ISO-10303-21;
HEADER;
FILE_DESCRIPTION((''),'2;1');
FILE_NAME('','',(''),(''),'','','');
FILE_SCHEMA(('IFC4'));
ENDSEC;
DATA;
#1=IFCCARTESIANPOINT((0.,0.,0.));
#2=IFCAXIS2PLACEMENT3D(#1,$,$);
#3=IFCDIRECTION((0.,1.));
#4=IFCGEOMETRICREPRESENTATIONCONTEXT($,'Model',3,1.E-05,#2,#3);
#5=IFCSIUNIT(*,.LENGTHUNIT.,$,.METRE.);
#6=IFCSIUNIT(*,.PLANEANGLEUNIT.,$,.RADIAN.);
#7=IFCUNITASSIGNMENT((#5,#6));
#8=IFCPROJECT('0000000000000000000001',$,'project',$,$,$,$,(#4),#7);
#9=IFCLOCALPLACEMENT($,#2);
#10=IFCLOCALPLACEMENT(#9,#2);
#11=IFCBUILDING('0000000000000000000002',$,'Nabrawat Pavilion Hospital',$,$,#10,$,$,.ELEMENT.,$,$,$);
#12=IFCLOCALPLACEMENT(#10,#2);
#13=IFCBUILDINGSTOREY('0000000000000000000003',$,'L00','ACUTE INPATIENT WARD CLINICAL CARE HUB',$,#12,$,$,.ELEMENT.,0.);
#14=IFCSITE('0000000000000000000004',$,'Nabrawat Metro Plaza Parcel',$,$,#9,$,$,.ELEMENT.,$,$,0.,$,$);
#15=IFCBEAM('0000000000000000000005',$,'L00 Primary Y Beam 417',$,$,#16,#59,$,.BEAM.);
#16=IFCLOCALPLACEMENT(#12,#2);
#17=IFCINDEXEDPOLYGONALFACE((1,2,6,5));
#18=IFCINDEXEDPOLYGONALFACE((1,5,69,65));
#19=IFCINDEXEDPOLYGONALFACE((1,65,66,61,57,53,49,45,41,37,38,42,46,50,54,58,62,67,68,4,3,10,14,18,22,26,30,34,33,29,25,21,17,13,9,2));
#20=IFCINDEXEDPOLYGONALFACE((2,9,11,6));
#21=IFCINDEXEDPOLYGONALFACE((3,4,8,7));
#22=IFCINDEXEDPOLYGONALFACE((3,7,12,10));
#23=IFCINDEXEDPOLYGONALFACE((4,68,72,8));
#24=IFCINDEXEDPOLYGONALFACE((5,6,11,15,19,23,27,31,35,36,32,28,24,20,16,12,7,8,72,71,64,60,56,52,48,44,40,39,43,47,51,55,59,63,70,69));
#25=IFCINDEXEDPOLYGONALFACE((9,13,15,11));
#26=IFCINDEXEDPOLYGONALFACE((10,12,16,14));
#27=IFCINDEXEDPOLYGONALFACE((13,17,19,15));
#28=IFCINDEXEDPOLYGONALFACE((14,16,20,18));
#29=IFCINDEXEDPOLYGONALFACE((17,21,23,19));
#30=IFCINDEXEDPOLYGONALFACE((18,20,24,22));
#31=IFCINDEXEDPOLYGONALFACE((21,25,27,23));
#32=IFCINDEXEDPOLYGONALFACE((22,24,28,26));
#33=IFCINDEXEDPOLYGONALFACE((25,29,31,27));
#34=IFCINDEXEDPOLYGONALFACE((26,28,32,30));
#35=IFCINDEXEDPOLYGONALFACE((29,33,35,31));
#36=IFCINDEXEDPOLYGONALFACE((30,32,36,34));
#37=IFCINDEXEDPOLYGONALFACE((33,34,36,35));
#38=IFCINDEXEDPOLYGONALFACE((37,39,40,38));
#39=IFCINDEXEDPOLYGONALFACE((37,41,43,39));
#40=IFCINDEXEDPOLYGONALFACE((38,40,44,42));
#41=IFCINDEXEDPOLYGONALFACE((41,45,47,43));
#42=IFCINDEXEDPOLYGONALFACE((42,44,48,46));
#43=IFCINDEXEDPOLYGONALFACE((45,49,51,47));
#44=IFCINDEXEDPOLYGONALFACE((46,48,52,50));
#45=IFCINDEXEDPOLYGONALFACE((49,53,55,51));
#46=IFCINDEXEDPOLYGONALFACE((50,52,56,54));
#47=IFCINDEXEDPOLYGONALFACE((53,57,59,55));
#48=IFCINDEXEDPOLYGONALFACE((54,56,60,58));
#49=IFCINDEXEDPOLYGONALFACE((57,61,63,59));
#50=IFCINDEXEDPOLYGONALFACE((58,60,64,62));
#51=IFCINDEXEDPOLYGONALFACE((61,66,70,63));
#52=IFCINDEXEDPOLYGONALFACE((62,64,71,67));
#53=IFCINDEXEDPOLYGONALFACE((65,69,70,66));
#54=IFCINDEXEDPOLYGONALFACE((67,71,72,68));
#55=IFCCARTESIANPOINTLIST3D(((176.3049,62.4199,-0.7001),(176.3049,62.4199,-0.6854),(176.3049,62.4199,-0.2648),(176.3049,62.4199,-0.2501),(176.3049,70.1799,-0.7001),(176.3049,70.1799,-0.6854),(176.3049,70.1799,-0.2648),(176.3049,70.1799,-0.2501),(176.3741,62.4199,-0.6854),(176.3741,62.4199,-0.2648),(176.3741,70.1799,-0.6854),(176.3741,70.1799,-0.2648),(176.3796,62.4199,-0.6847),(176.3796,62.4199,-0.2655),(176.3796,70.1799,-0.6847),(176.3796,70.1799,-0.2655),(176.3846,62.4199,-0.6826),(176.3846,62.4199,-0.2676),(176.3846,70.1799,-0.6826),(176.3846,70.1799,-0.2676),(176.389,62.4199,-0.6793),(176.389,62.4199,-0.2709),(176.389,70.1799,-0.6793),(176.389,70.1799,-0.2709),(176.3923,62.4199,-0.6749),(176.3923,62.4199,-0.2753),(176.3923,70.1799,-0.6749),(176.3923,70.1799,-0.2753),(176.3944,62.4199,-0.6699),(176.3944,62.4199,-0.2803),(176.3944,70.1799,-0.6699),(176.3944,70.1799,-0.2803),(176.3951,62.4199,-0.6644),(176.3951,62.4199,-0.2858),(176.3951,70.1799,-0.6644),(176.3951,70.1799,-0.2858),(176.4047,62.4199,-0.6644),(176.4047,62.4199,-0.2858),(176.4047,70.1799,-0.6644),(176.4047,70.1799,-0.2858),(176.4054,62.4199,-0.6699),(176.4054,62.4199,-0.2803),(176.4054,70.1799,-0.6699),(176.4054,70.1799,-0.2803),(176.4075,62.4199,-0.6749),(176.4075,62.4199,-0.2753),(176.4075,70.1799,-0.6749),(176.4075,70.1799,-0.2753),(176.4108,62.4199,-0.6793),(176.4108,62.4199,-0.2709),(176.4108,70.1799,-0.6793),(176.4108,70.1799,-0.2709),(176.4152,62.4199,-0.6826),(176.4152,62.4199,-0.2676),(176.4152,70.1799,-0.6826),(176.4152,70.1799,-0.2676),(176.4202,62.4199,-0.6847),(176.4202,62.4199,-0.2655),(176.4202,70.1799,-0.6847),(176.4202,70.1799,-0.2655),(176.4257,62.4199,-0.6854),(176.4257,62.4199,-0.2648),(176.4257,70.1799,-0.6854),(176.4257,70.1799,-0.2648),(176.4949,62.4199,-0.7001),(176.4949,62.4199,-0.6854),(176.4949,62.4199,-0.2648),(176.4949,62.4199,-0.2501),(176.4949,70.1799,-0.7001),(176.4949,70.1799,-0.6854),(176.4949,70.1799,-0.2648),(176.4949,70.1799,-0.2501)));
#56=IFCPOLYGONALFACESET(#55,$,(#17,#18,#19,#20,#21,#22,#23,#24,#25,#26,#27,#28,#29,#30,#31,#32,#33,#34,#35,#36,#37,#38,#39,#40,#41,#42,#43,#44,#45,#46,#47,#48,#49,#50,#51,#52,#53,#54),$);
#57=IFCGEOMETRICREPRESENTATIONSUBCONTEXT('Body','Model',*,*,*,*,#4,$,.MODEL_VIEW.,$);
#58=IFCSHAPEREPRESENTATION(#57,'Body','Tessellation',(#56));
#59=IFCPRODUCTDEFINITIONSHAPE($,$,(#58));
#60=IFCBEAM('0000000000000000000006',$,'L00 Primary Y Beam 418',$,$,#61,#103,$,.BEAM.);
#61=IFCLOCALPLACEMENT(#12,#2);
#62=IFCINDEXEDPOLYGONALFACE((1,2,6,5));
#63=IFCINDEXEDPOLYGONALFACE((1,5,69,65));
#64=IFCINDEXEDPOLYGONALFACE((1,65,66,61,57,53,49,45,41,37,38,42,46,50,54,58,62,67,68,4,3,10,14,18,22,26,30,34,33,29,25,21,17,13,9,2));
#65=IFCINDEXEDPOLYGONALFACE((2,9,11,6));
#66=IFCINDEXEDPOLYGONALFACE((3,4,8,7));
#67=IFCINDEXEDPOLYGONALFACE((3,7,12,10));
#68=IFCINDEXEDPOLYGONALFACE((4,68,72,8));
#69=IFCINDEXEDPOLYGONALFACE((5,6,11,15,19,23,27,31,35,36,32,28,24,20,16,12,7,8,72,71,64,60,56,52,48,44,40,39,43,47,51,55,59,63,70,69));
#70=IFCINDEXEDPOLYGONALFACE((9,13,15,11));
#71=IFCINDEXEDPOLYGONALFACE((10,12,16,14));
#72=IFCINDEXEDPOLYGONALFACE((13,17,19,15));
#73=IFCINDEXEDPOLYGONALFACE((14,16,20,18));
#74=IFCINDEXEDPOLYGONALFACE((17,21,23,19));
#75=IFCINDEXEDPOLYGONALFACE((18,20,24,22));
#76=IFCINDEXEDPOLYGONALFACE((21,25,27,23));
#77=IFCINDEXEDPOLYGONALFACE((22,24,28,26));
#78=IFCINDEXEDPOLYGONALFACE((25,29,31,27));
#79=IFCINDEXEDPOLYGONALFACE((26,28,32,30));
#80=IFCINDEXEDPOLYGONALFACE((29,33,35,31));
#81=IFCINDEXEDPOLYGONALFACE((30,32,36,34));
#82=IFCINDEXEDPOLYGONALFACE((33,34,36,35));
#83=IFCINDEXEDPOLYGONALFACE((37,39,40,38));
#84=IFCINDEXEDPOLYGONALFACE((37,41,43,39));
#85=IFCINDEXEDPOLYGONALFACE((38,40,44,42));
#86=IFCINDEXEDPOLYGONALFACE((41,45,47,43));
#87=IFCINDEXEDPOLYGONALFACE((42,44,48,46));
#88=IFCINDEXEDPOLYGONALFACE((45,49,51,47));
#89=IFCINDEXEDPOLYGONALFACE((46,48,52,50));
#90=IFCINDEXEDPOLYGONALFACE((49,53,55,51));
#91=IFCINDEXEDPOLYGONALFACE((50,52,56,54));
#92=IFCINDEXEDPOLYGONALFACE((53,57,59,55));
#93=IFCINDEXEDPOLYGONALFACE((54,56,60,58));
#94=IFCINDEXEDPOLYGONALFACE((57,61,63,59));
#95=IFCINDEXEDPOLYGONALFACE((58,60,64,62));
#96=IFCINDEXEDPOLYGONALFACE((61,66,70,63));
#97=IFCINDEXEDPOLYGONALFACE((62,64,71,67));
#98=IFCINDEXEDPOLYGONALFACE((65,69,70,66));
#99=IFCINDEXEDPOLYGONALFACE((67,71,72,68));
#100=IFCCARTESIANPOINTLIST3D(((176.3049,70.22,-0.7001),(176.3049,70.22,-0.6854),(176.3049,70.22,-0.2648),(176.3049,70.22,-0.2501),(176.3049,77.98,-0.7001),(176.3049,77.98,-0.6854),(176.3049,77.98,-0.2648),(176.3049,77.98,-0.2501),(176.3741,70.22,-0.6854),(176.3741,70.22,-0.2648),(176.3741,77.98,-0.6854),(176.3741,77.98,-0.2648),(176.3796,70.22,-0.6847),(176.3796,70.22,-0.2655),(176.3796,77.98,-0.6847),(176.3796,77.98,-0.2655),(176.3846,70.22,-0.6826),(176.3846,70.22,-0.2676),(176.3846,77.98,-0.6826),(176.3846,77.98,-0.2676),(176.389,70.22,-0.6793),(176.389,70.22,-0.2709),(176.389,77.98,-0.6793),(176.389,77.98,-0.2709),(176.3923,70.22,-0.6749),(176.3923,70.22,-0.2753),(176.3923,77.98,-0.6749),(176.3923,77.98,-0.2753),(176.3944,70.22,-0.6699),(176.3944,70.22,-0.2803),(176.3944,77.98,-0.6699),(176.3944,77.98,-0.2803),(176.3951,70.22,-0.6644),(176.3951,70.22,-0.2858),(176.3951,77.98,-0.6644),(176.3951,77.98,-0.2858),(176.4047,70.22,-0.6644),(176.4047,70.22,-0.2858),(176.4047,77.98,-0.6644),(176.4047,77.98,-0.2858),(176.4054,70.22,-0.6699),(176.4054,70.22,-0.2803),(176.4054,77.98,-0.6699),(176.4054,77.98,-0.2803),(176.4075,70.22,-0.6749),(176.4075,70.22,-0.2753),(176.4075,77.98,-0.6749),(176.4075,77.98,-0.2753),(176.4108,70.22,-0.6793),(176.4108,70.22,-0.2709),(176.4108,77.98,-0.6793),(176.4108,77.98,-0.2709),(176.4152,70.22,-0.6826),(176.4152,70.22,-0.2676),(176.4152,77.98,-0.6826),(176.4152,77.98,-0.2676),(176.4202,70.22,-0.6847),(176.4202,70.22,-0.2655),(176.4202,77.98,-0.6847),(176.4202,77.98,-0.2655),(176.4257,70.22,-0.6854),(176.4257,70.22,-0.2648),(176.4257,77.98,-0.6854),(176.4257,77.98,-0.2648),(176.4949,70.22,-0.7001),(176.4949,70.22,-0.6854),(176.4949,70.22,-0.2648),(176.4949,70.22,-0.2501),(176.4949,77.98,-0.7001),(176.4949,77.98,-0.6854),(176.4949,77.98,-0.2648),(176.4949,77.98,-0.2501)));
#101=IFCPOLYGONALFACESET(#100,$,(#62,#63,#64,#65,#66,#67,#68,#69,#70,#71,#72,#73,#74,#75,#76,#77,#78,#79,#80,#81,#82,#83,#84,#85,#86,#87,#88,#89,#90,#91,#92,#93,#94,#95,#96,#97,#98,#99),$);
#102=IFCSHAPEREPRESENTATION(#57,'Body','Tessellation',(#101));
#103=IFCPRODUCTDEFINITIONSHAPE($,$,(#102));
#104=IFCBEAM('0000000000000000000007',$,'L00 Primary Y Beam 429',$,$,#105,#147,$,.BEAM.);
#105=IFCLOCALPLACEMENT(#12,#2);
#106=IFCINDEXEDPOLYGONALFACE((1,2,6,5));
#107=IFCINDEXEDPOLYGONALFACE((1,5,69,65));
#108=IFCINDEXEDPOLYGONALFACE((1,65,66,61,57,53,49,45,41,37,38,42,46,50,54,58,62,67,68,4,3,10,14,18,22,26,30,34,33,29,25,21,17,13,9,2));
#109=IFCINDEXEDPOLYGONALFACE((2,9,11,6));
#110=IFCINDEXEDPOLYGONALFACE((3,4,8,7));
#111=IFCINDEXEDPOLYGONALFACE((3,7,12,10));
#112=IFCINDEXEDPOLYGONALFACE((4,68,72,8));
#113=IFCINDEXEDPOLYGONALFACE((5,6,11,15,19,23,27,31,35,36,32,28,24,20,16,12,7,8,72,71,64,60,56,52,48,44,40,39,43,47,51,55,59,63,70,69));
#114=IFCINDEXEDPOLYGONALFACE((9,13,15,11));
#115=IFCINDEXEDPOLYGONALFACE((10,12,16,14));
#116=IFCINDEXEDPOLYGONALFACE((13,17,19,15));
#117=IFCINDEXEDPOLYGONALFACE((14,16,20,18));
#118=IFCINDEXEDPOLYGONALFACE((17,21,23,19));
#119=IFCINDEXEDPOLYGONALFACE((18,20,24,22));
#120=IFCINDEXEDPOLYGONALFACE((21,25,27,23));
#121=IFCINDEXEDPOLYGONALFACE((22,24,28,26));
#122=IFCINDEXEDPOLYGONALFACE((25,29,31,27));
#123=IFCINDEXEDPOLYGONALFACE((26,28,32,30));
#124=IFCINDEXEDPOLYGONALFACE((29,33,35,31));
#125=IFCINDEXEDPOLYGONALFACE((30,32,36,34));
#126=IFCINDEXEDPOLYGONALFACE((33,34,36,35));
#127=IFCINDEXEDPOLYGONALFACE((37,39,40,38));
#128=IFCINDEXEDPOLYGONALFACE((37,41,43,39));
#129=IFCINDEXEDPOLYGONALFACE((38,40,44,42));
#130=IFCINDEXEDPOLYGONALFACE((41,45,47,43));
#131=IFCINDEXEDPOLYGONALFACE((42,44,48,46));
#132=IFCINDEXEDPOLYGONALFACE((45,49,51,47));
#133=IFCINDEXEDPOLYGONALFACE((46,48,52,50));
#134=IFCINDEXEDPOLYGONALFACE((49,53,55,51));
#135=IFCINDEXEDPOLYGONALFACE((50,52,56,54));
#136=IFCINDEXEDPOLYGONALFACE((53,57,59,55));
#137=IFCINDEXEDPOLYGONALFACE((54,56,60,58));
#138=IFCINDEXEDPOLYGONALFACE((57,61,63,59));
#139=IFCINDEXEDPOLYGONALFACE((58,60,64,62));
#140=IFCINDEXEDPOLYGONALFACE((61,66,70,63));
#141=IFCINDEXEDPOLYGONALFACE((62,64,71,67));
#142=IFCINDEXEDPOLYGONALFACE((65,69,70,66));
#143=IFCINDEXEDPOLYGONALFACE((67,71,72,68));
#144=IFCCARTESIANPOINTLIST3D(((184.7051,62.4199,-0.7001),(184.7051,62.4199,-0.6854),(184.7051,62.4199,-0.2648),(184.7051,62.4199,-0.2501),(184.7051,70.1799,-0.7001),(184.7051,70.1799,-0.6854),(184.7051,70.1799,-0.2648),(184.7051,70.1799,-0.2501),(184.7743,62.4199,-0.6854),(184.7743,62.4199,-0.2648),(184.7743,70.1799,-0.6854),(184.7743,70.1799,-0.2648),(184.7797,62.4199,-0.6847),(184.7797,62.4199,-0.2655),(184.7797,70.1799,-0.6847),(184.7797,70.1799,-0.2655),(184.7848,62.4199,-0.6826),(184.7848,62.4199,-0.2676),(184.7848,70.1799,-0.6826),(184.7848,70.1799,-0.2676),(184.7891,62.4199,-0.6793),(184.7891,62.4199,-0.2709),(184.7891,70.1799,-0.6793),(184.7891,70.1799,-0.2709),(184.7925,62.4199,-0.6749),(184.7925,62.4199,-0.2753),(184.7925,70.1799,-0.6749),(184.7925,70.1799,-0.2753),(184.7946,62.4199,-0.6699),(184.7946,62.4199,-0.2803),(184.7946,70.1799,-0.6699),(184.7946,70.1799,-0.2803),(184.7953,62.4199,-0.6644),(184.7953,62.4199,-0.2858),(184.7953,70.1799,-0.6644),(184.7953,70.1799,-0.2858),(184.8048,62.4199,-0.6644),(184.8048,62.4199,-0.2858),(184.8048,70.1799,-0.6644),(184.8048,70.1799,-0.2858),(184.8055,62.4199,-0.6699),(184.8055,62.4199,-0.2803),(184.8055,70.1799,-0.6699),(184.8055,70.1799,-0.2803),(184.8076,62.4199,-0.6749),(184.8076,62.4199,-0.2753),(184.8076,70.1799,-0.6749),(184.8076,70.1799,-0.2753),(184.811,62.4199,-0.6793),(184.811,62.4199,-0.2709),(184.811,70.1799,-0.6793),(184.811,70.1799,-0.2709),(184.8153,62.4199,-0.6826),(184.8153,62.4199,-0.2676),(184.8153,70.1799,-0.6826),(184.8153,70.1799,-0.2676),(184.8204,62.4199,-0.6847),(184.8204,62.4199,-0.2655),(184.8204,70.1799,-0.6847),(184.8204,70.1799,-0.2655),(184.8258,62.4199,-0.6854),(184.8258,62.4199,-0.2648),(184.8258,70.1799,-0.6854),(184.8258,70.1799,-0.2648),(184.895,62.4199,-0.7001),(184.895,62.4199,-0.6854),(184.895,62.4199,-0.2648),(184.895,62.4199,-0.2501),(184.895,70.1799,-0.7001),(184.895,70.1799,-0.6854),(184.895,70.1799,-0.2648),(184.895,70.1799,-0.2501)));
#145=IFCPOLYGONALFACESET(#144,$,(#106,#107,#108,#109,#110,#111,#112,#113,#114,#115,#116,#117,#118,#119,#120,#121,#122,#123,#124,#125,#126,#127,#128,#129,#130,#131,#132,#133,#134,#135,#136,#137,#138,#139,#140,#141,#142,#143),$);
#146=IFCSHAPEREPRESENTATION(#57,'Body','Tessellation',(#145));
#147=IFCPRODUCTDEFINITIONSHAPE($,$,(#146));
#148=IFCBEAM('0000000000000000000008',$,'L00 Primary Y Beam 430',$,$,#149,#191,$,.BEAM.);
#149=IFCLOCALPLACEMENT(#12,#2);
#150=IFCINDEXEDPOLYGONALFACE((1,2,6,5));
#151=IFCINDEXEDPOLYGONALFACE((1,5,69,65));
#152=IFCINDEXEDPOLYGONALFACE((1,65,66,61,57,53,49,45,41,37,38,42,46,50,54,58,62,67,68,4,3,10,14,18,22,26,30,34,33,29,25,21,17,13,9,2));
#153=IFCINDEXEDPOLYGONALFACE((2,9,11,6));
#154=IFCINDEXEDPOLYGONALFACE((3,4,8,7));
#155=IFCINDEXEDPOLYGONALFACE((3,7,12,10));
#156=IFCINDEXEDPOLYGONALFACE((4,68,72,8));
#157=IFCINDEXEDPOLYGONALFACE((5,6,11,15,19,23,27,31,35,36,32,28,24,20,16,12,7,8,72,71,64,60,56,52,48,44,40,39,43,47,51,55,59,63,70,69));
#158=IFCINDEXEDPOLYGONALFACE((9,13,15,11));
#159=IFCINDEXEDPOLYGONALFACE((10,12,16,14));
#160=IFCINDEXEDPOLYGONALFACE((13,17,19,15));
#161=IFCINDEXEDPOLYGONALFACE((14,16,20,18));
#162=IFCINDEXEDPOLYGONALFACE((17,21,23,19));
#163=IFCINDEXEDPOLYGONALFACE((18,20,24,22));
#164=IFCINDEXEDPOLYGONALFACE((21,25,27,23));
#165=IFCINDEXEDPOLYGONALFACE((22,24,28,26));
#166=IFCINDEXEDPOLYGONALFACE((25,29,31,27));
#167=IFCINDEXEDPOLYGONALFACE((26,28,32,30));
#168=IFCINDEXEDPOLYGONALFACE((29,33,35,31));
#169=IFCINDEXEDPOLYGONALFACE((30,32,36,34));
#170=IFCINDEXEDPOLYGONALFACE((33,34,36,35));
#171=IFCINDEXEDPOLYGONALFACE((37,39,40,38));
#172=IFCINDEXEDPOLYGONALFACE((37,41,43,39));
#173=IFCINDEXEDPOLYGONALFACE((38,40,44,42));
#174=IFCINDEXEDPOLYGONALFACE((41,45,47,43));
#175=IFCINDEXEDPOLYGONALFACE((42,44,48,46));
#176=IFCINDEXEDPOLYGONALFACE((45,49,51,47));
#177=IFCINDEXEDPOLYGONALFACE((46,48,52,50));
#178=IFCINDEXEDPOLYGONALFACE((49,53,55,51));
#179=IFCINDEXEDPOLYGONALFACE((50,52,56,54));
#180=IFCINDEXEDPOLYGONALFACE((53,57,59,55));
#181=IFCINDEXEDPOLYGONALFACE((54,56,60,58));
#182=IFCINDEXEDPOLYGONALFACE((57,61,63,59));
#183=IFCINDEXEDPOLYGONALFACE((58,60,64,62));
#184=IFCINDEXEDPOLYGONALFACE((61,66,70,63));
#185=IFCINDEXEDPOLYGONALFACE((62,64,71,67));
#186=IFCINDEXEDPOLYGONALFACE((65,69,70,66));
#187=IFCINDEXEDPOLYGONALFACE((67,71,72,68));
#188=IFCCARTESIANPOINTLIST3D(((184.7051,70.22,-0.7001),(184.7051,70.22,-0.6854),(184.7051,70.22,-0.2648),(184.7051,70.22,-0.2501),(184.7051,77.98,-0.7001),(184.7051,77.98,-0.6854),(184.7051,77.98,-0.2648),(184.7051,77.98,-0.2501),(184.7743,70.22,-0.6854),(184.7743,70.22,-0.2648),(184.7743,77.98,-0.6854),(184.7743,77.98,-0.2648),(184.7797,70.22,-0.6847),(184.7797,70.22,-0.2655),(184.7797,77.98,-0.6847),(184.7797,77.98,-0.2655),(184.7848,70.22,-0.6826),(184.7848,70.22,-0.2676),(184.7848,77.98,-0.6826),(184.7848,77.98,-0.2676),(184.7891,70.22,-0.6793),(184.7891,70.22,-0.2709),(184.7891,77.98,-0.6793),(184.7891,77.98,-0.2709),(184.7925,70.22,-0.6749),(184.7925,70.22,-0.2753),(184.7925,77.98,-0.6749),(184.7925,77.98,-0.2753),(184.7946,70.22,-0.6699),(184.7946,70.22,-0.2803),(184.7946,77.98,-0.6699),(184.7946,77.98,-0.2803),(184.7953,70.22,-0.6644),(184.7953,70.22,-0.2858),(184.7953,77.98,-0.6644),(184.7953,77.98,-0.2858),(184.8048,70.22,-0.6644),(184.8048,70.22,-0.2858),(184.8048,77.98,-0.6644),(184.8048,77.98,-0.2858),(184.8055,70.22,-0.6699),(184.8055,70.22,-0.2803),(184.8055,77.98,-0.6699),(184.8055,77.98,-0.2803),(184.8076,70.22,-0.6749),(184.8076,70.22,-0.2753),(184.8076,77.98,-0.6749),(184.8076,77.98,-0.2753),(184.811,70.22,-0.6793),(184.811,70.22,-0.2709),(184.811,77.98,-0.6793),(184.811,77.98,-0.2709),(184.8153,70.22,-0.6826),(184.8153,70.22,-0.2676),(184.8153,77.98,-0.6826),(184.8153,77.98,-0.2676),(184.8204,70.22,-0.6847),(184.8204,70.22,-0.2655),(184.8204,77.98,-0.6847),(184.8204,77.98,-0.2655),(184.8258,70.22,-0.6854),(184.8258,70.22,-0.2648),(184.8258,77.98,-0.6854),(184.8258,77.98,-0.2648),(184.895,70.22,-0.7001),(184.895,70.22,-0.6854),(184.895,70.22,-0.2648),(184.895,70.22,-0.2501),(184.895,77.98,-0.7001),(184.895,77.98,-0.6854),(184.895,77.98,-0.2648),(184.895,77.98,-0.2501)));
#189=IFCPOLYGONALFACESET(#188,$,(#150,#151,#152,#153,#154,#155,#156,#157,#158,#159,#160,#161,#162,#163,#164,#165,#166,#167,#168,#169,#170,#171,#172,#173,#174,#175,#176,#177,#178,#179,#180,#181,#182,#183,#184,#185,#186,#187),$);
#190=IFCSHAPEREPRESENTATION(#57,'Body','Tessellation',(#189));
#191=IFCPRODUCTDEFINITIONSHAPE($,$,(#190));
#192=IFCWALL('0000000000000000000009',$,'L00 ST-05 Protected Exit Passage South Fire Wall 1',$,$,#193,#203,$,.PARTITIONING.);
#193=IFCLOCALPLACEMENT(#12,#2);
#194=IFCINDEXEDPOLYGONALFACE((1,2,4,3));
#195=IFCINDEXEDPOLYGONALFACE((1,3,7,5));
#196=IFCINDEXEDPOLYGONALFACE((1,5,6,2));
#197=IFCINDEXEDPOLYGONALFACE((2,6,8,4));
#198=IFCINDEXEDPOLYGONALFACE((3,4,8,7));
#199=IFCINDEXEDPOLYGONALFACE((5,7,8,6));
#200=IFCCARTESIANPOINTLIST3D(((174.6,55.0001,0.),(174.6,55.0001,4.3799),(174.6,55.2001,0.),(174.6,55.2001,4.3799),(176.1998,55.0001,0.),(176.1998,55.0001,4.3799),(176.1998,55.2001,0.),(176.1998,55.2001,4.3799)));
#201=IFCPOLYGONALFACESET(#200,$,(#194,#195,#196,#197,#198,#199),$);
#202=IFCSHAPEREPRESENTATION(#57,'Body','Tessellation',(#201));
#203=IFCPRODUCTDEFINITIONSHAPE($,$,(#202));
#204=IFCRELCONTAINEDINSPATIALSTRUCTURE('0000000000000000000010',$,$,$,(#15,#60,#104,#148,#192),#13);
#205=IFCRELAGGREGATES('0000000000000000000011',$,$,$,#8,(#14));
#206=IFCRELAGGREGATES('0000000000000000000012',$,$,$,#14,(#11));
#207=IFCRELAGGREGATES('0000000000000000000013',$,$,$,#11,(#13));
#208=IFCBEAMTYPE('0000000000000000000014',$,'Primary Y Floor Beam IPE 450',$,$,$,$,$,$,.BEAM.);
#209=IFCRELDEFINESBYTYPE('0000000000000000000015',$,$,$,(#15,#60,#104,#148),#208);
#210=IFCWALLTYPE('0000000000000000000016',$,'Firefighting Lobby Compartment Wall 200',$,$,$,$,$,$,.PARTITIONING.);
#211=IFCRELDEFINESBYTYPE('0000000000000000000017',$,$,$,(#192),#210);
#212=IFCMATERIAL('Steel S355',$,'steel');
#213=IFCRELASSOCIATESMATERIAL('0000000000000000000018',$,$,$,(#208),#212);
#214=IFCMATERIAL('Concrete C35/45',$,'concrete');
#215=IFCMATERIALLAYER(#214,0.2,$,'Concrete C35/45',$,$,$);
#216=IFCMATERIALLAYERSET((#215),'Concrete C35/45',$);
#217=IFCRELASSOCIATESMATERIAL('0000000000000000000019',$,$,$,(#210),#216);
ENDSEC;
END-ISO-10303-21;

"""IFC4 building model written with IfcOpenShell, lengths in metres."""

from ifc_helpers import new_model, si_unit, direction, frame, frame_2d, origin, origin_2d, place, context, subcontext, project, spatial, rectangle, i_section, extrude, material, layer, layer_set, material_profile, profile_set, type_object, element, save


model = new_model("IFC4")

# Units and contexts
model_context = context("Model", 3, precision=1e-05, world=origin(), true_north=direction((0.0, 1.0)))
body_context = subcontext(model_context, "Body", "Model", "MODEL_VIEW")
ifc_project = project(units=[si_unit("LENGTHUNIT", "METRE"), si_unit("PLANEANGLEUNIT", "RADIAN")], contexts=[model_context])

# Site, building, storey
site_placement = place(None, origin())
site = spatial("IfcSite", under=ifc_project, at=site_placement, Name="Nabrawat Metro Plaza Parcel", CompositionType="ELEMENT", RefElevation=0.0)
building_placement = place(site_placement, origin())
building = spatial("IfcBuilding", under=site, at=building_placement, Name="Nabrawat Pavilion Hospital", CompositionType="ELEMENT")
storey_placement = place(building_placement, origin())
storey = spatial("IfcBuildingStorey", under=building, at=storey_placement, Name="L00", Description="ACUTE INPATIENT WARD CLINICAL CARE HUB", CompositionType="ELEMENT", Elevation=0.0)

# Shared definitions
ifc_material_1 = material(Name="Steel S355", Category="steel")

# Beams
ifc_material_profile_1 = material_profile(ifc_material_1, i_section(OverallWidth=0.1899, OverallDepth=0.45, WebThickness=0.0095, FlangeThickness=0.0146, FilletRadius=0.021, at=origin_2d()), Name="IPE 450")
ifc_profile_set_1 = profile_set([ifc_material_profile_1], Name="Steel S355")
beam_type_1 = type_object("IfcBeamType", Name="Primary Y Floor Beam IPE 450", PredefinedType="BEAM", material=ifc_profile_set_1)
for number, where, z_axis, x_axis, name in (
    (1, (176.3999, 62.4199, -0.4751), (0.0, 1.0, 0.0), (-1.0, 0.0, 0.0), "L00 Primary Y Beam 417"),
    (2, (176.3999, 70.22, -0.4751), (0.0, 1.0, 0.0), (-1.0, 0.0, 0.0), "L00 Primary Y Beam 418"),
    (3, (184.8, 62.4199, -0.4751), (0.0, 1.0, 0.0), (-1.0, 0.0, 0.0), "L00 Primary Y Beam 429"),
    (4, (184.8, 70.22, -0.4751), (0.0, 1.0, 0.0), (-1.0, 0.0, 0.0), "L00 Primary Y Beam 430"),
):
    element("IfcBeam", number, at=place(storey_placement, frame(where, z_axis=z_axis, x_axis=x_axis)), inside=storey, type_object=beam_type_1, Name=name, PredefinedType="BEAM", context=body_context, shape_type="SweptSolid", body=[
        extrude(i_section(OverallWidth=0.1899, OverallDepth=0.45, WebThickness=0.0095, FlangeThickness=0.0146, FilletRadius=0.021, at=origin_2d()), origin(), (0.0, 0.0, 1.0), 7.76),
    ])

# Wall
ifc_material_2 = material(Name="Concrete C35/45", Category="concrete")
ifc_layer_1 = layer(ifc_material_2, 0.2, Name="Concrete C35/45")
ifc_layer_set_1 = layer_set([ifc_layer_1], Name="Concrete C35/45")
wall_type_1 = type_object("IfcWallType", Name="Firefighting Lobby Compartment Wall 200", PredefinedType="PARTITIONING", material=ifc_layer_set_1)
wall_1_placement = place(storey_placement, frame((174.6001, 55.1001, 0.0), z_axis=(0.0, 0.0, 1.0), x_axis=(1.0, 0.0, 0.0)))
element("IfcWall", 5, at=wall_1_placement, inside=storey, type_object=wall_type_1, Name="L00 ST-05 Protected Exit Passage South Fire Wall 1", PredefinedType="PARTITIONING", context=body_context, shape_type="SweptSolid", body=[
    extrude(rectangle(XDim=1.5999, YDim=0.2, at=frame_2d((0.7998, 0.0))), origin(), (0.0, 0.0, 1.0), 4.3799),
])

save(model, "model.ifc")
